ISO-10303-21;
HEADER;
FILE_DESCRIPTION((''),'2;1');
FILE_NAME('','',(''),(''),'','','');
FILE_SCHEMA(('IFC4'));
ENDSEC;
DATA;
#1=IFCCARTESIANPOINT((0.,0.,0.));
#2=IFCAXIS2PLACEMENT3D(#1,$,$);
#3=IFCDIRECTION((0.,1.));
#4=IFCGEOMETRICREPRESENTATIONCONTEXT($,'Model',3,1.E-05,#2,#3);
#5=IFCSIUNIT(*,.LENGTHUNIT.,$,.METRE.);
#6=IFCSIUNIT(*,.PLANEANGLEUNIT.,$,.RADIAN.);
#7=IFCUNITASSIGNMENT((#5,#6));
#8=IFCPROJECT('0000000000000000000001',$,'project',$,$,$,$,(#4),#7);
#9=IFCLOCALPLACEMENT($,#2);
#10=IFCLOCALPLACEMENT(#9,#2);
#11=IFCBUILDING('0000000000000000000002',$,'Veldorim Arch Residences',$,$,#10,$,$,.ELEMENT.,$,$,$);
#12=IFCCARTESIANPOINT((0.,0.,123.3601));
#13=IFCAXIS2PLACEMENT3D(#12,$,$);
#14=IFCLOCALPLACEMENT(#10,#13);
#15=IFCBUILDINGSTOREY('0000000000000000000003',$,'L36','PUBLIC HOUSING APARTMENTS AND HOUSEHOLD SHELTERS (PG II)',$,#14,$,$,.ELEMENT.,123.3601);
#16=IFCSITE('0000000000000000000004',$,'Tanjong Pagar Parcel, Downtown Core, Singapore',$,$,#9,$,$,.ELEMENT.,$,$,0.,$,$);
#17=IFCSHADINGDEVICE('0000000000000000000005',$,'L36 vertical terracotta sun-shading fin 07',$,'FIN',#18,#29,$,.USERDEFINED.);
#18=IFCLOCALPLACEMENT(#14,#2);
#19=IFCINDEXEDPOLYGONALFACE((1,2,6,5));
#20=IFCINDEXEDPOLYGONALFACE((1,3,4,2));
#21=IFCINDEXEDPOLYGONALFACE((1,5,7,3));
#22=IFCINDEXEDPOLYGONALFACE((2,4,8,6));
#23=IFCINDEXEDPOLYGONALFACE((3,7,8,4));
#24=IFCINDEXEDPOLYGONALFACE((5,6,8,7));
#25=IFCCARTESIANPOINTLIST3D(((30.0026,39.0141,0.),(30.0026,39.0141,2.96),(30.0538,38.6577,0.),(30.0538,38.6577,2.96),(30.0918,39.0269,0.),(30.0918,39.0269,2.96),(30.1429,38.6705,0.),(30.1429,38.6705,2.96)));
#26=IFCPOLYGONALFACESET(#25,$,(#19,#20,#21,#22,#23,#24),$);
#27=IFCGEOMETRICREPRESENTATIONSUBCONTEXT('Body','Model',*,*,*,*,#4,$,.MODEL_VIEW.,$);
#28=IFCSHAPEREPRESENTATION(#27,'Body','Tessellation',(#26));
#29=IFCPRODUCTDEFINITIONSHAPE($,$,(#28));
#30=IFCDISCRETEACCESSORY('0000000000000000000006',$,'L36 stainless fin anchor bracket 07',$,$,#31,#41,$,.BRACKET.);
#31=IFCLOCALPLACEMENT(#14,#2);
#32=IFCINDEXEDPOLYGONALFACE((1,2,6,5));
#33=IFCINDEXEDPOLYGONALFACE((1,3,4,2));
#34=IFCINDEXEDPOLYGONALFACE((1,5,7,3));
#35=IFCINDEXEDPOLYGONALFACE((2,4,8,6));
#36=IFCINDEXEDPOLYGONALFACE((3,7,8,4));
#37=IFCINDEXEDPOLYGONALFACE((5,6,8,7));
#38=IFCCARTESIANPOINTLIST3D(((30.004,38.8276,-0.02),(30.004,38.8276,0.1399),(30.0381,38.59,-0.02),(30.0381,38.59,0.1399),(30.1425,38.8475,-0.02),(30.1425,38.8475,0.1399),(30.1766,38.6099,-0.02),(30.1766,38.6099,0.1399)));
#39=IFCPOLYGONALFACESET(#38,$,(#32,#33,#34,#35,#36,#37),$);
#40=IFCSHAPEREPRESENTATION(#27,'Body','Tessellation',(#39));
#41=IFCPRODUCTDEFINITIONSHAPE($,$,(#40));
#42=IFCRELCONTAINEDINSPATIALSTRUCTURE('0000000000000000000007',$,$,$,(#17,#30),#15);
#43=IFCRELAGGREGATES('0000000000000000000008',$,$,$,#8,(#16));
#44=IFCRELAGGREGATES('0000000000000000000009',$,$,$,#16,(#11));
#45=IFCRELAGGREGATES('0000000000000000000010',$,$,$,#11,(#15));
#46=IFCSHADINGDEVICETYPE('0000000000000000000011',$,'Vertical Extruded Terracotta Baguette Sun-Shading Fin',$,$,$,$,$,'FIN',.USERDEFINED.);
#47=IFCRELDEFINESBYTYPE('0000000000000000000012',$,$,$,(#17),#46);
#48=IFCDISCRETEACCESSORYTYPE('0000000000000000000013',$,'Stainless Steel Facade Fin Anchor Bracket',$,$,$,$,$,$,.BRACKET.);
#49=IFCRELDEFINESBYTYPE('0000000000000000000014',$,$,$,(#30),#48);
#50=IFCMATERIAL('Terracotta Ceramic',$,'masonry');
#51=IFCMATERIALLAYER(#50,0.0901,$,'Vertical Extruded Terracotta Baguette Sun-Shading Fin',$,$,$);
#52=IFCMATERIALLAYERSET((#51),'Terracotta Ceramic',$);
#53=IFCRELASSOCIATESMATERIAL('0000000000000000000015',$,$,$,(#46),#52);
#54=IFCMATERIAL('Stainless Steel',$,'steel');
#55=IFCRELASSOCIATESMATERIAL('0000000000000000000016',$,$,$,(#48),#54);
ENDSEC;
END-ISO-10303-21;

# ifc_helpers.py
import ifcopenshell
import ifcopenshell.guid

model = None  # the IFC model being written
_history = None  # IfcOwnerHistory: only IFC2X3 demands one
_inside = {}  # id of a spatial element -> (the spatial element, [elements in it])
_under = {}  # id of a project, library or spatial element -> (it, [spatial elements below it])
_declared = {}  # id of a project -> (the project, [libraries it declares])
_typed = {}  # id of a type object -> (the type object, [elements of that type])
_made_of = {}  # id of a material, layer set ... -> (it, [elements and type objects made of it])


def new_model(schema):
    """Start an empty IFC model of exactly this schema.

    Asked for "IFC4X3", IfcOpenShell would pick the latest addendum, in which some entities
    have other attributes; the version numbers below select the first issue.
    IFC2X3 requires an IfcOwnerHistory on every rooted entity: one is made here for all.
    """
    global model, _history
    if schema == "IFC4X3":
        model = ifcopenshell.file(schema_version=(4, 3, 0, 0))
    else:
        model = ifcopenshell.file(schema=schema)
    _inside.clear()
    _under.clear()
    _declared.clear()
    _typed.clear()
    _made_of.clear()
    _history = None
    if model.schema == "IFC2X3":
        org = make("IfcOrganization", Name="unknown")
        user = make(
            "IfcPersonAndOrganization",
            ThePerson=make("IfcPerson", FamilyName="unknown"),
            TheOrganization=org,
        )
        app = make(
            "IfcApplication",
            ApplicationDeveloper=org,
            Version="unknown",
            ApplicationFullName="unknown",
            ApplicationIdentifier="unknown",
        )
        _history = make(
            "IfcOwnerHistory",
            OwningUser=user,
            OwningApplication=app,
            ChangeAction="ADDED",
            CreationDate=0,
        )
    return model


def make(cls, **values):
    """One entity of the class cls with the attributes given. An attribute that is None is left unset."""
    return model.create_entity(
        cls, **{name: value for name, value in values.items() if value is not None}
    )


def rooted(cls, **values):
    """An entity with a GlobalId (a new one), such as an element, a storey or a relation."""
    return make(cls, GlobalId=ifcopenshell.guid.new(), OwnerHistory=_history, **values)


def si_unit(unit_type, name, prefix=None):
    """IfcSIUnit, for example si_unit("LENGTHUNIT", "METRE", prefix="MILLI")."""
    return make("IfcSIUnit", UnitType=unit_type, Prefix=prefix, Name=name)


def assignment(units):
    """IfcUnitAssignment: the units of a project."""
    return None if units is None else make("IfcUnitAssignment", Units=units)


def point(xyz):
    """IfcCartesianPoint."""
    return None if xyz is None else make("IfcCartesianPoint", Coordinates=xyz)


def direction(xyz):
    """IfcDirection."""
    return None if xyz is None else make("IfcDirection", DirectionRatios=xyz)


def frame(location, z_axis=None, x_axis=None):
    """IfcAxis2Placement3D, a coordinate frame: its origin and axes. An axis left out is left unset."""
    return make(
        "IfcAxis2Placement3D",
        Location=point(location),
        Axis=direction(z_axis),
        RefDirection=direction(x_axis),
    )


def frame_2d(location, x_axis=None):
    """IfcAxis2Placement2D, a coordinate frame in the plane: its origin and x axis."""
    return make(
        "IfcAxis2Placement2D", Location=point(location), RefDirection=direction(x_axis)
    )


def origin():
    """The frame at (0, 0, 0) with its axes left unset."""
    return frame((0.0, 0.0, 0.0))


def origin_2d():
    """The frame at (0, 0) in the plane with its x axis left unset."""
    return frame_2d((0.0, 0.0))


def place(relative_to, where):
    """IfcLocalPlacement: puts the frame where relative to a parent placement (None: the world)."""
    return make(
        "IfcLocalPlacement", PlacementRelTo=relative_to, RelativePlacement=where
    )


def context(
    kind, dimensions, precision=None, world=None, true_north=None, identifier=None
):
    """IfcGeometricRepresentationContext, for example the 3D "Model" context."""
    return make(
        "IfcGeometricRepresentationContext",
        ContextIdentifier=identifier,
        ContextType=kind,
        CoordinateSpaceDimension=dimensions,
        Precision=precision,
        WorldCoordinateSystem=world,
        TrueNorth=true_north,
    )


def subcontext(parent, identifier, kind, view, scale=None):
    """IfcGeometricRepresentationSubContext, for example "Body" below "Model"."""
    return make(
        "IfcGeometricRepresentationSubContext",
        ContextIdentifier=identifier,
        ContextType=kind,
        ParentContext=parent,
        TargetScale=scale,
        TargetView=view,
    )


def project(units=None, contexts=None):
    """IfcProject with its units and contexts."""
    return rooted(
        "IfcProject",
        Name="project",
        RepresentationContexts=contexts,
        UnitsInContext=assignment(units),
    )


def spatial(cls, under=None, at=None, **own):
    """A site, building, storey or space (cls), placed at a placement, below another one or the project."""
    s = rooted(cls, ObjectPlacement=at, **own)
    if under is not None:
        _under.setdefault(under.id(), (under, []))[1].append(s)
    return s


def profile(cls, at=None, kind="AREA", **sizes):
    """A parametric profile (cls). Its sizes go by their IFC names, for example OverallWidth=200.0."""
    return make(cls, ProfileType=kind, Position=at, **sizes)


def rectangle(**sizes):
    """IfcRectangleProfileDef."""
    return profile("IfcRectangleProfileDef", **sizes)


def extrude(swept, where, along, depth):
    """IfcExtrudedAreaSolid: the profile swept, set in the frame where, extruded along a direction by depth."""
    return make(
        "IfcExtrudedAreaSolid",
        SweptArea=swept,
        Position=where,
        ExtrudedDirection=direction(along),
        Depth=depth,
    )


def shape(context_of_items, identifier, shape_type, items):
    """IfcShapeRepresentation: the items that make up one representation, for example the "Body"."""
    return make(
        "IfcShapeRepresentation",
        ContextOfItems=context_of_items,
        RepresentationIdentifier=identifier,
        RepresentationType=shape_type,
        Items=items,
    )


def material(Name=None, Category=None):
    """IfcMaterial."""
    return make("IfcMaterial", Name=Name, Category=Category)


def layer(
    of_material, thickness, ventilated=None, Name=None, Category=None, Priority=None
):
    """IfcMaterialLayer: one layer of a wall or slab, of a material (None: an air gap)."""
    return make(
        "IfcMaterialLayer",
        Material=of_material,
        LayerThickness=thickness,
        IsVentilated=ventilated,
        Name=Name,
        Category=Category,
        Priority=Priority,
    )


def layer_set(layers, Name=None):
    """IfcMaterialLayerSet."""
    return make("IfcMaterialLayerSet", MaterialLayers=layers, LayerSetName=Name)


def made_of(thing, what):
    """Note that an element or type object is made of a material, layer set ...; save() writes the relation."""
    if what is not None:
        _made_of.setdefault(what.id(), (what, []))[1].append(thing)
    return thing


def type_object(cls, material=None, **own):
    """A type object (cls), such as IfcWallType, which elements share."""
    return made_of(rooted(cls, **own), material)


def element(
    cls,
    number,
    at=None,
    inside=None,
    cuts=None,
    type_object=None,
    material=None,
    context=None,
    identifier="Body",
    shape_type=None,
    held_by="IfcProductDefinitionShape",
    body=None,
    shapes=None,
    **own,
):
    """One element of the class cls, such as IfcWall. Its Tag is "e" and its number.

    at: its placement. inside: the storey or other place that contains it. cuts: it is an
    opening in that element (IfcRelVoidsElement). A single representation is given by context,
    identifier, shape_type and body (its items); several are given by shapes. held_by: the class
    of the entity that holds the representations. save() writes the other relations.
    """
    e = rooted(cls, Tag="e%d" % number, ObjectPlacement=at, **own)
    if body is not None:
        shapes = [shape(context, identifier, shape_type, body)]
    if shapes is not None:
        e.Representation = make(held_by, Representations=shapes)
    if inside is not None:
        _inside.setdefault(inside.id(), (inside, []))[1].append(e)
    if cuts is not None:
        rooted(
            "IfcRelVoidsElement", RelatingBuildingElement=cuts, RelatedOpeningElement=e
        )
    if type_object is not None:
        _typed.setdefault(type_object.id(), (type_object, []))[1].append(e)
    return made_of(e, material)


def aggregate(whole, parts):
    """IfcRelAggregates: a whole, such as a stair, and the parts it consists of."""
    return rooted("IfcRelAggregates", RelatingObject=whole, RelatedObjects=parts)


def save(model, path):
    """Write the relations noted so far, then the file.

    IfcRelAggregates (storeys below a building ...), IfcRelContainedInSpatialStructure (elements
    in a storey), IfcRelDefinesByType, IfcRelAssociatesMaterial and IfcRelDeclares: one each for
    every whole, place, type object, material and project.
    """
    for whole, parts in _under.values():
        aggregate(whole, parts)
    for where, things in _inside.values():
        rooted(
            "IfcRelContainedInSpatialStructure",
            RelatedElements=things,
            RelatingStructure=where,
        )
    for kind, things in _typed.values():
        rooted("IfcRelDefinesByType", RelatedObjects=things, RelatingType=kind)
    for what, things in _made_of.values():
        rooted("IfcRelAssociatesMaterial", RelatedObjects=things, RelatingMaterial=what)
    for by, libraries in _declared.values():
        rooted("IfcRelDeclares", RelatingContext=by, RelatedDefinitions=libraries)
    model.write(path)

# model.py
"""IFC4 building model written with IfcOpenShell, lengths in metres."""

from ifc_helpers import new_model, si_unit, direction, frame, origin, origin_2d, place, context, subcontext, project, spatial, rectangle, extrude, material, layer, layer_set, type_object, element, save


model = new_model("IFC4")

# Units and contexts
model_context = context("Model", 3, precision=1e-05, world=origin(), true_north=direction((0.0, 1.0)))
body_context = subcontext(model_context, "Body", "Model", "MODEL_VIEW")
ifc_project = project(units=[si_unit("LENGTHUNIT", "METRE"), si_unit("PLANEANGLEUNIT", "RADIAN")], contexts=[model_context])

# Site, building, storey
site_placement = place(None, origin())
site = spatial("IfcSite", under=ifc_project, at=site_placement, Name="Tanjong Pagar Parcel, Downtown Core, Singapore", CompositionType="ELEMENT", RefElevation=0.0)
building_placement = place(site_placement, origin())
building = spatial("IfcBuilding", under=site, at=building_placement, Name="Veldorim Arch Residences", CompositionType="ELEMENT")
storey_placement = place(building_placement, frame((0.0, 0.0, 123.3601)))
storey = spatial("IfcBuildingStorey", under=building, at=storey_placement, Name="L36", Description="PUBLIC HOUSING APARTMENTS AND HOUSEHOLD SHELTERS (PG II)", CompositionType="ELEMENT", Elevation=123.3601)

# Shading device
ifc_material_1 = material(Name="Terracotta Ceramic", Category="masonry")
ifc_layer_1 = layer(ifc_material_1, 0.0901, Name="Vertical Extruded Terracotta Baguette Sun-Shading Fin")
ifc_layer_set_1 = layer_set([ifc_layer_1], Name="Terracotta Ceramic")
shading_device_type = type_object("IfcShadingDeviceType", Name="Vertical Extruded Terracotta Baguette Sun-Shading Fin", ElementType="FIN", PredefinedType="USERDEFINED", material=ifc_layer_set_1)
shading_device_placement = place(storey_placement, frame((30.0728, 38.8423, 0.0), z_axis=(0.0, 0.0, 1.0), x_axis=(0.989851, 0.142111, 0.0)))
element("IfcShadingDevice", 1, at=shading_device_placement, inside=storey, type_object=shading_device_type, Name="L36 vertical terracotta sun-shading fin 07", ObjectType="FIN", PredefinedType="USERDEFINED", context=body_context, shape_type="SweptSolid", body=[
    extrude(rectangle(XDim=0.0901, YDim=0.3601, at=origin_2d()), origin(), (0.0, 0.0, 1.0), 2.96),
])

# Discrete accessory
ifc_material_2 = material(Name="Stainless Steel", Category="steel")
discrete_accessory_type = type_object("IfcDiscreteAccessoryType", Name="Stainless Steel Facade Fin Anchor Bracket", PredefinedType="BRACKET", material=ifc_material_2)
discrete_accessory_placement = place(storey_placement, frame((30.0903, 38.7188, -0.02), z_axis=(0.0, 0.0, 1.0), x_axis=(0.989851, 0.142111, 0.0)))
element("IfcDiscreteAccessory", 2, at=discrete_accessory_placement, inside=storey, type_object=discrete_accessory_type, Name="L36 stainless fin anchor bracket 07", PredefinedType="BRACKET", context=body_context, shape_type="SweptSolid", body=[
    extrude(rectangle(XDim=0.1399, YDim=0.24, at=origin_2d()), origin(), (0.0, 0.0, 1.0), 0.1599),
])

save(model, "model.ifc")
